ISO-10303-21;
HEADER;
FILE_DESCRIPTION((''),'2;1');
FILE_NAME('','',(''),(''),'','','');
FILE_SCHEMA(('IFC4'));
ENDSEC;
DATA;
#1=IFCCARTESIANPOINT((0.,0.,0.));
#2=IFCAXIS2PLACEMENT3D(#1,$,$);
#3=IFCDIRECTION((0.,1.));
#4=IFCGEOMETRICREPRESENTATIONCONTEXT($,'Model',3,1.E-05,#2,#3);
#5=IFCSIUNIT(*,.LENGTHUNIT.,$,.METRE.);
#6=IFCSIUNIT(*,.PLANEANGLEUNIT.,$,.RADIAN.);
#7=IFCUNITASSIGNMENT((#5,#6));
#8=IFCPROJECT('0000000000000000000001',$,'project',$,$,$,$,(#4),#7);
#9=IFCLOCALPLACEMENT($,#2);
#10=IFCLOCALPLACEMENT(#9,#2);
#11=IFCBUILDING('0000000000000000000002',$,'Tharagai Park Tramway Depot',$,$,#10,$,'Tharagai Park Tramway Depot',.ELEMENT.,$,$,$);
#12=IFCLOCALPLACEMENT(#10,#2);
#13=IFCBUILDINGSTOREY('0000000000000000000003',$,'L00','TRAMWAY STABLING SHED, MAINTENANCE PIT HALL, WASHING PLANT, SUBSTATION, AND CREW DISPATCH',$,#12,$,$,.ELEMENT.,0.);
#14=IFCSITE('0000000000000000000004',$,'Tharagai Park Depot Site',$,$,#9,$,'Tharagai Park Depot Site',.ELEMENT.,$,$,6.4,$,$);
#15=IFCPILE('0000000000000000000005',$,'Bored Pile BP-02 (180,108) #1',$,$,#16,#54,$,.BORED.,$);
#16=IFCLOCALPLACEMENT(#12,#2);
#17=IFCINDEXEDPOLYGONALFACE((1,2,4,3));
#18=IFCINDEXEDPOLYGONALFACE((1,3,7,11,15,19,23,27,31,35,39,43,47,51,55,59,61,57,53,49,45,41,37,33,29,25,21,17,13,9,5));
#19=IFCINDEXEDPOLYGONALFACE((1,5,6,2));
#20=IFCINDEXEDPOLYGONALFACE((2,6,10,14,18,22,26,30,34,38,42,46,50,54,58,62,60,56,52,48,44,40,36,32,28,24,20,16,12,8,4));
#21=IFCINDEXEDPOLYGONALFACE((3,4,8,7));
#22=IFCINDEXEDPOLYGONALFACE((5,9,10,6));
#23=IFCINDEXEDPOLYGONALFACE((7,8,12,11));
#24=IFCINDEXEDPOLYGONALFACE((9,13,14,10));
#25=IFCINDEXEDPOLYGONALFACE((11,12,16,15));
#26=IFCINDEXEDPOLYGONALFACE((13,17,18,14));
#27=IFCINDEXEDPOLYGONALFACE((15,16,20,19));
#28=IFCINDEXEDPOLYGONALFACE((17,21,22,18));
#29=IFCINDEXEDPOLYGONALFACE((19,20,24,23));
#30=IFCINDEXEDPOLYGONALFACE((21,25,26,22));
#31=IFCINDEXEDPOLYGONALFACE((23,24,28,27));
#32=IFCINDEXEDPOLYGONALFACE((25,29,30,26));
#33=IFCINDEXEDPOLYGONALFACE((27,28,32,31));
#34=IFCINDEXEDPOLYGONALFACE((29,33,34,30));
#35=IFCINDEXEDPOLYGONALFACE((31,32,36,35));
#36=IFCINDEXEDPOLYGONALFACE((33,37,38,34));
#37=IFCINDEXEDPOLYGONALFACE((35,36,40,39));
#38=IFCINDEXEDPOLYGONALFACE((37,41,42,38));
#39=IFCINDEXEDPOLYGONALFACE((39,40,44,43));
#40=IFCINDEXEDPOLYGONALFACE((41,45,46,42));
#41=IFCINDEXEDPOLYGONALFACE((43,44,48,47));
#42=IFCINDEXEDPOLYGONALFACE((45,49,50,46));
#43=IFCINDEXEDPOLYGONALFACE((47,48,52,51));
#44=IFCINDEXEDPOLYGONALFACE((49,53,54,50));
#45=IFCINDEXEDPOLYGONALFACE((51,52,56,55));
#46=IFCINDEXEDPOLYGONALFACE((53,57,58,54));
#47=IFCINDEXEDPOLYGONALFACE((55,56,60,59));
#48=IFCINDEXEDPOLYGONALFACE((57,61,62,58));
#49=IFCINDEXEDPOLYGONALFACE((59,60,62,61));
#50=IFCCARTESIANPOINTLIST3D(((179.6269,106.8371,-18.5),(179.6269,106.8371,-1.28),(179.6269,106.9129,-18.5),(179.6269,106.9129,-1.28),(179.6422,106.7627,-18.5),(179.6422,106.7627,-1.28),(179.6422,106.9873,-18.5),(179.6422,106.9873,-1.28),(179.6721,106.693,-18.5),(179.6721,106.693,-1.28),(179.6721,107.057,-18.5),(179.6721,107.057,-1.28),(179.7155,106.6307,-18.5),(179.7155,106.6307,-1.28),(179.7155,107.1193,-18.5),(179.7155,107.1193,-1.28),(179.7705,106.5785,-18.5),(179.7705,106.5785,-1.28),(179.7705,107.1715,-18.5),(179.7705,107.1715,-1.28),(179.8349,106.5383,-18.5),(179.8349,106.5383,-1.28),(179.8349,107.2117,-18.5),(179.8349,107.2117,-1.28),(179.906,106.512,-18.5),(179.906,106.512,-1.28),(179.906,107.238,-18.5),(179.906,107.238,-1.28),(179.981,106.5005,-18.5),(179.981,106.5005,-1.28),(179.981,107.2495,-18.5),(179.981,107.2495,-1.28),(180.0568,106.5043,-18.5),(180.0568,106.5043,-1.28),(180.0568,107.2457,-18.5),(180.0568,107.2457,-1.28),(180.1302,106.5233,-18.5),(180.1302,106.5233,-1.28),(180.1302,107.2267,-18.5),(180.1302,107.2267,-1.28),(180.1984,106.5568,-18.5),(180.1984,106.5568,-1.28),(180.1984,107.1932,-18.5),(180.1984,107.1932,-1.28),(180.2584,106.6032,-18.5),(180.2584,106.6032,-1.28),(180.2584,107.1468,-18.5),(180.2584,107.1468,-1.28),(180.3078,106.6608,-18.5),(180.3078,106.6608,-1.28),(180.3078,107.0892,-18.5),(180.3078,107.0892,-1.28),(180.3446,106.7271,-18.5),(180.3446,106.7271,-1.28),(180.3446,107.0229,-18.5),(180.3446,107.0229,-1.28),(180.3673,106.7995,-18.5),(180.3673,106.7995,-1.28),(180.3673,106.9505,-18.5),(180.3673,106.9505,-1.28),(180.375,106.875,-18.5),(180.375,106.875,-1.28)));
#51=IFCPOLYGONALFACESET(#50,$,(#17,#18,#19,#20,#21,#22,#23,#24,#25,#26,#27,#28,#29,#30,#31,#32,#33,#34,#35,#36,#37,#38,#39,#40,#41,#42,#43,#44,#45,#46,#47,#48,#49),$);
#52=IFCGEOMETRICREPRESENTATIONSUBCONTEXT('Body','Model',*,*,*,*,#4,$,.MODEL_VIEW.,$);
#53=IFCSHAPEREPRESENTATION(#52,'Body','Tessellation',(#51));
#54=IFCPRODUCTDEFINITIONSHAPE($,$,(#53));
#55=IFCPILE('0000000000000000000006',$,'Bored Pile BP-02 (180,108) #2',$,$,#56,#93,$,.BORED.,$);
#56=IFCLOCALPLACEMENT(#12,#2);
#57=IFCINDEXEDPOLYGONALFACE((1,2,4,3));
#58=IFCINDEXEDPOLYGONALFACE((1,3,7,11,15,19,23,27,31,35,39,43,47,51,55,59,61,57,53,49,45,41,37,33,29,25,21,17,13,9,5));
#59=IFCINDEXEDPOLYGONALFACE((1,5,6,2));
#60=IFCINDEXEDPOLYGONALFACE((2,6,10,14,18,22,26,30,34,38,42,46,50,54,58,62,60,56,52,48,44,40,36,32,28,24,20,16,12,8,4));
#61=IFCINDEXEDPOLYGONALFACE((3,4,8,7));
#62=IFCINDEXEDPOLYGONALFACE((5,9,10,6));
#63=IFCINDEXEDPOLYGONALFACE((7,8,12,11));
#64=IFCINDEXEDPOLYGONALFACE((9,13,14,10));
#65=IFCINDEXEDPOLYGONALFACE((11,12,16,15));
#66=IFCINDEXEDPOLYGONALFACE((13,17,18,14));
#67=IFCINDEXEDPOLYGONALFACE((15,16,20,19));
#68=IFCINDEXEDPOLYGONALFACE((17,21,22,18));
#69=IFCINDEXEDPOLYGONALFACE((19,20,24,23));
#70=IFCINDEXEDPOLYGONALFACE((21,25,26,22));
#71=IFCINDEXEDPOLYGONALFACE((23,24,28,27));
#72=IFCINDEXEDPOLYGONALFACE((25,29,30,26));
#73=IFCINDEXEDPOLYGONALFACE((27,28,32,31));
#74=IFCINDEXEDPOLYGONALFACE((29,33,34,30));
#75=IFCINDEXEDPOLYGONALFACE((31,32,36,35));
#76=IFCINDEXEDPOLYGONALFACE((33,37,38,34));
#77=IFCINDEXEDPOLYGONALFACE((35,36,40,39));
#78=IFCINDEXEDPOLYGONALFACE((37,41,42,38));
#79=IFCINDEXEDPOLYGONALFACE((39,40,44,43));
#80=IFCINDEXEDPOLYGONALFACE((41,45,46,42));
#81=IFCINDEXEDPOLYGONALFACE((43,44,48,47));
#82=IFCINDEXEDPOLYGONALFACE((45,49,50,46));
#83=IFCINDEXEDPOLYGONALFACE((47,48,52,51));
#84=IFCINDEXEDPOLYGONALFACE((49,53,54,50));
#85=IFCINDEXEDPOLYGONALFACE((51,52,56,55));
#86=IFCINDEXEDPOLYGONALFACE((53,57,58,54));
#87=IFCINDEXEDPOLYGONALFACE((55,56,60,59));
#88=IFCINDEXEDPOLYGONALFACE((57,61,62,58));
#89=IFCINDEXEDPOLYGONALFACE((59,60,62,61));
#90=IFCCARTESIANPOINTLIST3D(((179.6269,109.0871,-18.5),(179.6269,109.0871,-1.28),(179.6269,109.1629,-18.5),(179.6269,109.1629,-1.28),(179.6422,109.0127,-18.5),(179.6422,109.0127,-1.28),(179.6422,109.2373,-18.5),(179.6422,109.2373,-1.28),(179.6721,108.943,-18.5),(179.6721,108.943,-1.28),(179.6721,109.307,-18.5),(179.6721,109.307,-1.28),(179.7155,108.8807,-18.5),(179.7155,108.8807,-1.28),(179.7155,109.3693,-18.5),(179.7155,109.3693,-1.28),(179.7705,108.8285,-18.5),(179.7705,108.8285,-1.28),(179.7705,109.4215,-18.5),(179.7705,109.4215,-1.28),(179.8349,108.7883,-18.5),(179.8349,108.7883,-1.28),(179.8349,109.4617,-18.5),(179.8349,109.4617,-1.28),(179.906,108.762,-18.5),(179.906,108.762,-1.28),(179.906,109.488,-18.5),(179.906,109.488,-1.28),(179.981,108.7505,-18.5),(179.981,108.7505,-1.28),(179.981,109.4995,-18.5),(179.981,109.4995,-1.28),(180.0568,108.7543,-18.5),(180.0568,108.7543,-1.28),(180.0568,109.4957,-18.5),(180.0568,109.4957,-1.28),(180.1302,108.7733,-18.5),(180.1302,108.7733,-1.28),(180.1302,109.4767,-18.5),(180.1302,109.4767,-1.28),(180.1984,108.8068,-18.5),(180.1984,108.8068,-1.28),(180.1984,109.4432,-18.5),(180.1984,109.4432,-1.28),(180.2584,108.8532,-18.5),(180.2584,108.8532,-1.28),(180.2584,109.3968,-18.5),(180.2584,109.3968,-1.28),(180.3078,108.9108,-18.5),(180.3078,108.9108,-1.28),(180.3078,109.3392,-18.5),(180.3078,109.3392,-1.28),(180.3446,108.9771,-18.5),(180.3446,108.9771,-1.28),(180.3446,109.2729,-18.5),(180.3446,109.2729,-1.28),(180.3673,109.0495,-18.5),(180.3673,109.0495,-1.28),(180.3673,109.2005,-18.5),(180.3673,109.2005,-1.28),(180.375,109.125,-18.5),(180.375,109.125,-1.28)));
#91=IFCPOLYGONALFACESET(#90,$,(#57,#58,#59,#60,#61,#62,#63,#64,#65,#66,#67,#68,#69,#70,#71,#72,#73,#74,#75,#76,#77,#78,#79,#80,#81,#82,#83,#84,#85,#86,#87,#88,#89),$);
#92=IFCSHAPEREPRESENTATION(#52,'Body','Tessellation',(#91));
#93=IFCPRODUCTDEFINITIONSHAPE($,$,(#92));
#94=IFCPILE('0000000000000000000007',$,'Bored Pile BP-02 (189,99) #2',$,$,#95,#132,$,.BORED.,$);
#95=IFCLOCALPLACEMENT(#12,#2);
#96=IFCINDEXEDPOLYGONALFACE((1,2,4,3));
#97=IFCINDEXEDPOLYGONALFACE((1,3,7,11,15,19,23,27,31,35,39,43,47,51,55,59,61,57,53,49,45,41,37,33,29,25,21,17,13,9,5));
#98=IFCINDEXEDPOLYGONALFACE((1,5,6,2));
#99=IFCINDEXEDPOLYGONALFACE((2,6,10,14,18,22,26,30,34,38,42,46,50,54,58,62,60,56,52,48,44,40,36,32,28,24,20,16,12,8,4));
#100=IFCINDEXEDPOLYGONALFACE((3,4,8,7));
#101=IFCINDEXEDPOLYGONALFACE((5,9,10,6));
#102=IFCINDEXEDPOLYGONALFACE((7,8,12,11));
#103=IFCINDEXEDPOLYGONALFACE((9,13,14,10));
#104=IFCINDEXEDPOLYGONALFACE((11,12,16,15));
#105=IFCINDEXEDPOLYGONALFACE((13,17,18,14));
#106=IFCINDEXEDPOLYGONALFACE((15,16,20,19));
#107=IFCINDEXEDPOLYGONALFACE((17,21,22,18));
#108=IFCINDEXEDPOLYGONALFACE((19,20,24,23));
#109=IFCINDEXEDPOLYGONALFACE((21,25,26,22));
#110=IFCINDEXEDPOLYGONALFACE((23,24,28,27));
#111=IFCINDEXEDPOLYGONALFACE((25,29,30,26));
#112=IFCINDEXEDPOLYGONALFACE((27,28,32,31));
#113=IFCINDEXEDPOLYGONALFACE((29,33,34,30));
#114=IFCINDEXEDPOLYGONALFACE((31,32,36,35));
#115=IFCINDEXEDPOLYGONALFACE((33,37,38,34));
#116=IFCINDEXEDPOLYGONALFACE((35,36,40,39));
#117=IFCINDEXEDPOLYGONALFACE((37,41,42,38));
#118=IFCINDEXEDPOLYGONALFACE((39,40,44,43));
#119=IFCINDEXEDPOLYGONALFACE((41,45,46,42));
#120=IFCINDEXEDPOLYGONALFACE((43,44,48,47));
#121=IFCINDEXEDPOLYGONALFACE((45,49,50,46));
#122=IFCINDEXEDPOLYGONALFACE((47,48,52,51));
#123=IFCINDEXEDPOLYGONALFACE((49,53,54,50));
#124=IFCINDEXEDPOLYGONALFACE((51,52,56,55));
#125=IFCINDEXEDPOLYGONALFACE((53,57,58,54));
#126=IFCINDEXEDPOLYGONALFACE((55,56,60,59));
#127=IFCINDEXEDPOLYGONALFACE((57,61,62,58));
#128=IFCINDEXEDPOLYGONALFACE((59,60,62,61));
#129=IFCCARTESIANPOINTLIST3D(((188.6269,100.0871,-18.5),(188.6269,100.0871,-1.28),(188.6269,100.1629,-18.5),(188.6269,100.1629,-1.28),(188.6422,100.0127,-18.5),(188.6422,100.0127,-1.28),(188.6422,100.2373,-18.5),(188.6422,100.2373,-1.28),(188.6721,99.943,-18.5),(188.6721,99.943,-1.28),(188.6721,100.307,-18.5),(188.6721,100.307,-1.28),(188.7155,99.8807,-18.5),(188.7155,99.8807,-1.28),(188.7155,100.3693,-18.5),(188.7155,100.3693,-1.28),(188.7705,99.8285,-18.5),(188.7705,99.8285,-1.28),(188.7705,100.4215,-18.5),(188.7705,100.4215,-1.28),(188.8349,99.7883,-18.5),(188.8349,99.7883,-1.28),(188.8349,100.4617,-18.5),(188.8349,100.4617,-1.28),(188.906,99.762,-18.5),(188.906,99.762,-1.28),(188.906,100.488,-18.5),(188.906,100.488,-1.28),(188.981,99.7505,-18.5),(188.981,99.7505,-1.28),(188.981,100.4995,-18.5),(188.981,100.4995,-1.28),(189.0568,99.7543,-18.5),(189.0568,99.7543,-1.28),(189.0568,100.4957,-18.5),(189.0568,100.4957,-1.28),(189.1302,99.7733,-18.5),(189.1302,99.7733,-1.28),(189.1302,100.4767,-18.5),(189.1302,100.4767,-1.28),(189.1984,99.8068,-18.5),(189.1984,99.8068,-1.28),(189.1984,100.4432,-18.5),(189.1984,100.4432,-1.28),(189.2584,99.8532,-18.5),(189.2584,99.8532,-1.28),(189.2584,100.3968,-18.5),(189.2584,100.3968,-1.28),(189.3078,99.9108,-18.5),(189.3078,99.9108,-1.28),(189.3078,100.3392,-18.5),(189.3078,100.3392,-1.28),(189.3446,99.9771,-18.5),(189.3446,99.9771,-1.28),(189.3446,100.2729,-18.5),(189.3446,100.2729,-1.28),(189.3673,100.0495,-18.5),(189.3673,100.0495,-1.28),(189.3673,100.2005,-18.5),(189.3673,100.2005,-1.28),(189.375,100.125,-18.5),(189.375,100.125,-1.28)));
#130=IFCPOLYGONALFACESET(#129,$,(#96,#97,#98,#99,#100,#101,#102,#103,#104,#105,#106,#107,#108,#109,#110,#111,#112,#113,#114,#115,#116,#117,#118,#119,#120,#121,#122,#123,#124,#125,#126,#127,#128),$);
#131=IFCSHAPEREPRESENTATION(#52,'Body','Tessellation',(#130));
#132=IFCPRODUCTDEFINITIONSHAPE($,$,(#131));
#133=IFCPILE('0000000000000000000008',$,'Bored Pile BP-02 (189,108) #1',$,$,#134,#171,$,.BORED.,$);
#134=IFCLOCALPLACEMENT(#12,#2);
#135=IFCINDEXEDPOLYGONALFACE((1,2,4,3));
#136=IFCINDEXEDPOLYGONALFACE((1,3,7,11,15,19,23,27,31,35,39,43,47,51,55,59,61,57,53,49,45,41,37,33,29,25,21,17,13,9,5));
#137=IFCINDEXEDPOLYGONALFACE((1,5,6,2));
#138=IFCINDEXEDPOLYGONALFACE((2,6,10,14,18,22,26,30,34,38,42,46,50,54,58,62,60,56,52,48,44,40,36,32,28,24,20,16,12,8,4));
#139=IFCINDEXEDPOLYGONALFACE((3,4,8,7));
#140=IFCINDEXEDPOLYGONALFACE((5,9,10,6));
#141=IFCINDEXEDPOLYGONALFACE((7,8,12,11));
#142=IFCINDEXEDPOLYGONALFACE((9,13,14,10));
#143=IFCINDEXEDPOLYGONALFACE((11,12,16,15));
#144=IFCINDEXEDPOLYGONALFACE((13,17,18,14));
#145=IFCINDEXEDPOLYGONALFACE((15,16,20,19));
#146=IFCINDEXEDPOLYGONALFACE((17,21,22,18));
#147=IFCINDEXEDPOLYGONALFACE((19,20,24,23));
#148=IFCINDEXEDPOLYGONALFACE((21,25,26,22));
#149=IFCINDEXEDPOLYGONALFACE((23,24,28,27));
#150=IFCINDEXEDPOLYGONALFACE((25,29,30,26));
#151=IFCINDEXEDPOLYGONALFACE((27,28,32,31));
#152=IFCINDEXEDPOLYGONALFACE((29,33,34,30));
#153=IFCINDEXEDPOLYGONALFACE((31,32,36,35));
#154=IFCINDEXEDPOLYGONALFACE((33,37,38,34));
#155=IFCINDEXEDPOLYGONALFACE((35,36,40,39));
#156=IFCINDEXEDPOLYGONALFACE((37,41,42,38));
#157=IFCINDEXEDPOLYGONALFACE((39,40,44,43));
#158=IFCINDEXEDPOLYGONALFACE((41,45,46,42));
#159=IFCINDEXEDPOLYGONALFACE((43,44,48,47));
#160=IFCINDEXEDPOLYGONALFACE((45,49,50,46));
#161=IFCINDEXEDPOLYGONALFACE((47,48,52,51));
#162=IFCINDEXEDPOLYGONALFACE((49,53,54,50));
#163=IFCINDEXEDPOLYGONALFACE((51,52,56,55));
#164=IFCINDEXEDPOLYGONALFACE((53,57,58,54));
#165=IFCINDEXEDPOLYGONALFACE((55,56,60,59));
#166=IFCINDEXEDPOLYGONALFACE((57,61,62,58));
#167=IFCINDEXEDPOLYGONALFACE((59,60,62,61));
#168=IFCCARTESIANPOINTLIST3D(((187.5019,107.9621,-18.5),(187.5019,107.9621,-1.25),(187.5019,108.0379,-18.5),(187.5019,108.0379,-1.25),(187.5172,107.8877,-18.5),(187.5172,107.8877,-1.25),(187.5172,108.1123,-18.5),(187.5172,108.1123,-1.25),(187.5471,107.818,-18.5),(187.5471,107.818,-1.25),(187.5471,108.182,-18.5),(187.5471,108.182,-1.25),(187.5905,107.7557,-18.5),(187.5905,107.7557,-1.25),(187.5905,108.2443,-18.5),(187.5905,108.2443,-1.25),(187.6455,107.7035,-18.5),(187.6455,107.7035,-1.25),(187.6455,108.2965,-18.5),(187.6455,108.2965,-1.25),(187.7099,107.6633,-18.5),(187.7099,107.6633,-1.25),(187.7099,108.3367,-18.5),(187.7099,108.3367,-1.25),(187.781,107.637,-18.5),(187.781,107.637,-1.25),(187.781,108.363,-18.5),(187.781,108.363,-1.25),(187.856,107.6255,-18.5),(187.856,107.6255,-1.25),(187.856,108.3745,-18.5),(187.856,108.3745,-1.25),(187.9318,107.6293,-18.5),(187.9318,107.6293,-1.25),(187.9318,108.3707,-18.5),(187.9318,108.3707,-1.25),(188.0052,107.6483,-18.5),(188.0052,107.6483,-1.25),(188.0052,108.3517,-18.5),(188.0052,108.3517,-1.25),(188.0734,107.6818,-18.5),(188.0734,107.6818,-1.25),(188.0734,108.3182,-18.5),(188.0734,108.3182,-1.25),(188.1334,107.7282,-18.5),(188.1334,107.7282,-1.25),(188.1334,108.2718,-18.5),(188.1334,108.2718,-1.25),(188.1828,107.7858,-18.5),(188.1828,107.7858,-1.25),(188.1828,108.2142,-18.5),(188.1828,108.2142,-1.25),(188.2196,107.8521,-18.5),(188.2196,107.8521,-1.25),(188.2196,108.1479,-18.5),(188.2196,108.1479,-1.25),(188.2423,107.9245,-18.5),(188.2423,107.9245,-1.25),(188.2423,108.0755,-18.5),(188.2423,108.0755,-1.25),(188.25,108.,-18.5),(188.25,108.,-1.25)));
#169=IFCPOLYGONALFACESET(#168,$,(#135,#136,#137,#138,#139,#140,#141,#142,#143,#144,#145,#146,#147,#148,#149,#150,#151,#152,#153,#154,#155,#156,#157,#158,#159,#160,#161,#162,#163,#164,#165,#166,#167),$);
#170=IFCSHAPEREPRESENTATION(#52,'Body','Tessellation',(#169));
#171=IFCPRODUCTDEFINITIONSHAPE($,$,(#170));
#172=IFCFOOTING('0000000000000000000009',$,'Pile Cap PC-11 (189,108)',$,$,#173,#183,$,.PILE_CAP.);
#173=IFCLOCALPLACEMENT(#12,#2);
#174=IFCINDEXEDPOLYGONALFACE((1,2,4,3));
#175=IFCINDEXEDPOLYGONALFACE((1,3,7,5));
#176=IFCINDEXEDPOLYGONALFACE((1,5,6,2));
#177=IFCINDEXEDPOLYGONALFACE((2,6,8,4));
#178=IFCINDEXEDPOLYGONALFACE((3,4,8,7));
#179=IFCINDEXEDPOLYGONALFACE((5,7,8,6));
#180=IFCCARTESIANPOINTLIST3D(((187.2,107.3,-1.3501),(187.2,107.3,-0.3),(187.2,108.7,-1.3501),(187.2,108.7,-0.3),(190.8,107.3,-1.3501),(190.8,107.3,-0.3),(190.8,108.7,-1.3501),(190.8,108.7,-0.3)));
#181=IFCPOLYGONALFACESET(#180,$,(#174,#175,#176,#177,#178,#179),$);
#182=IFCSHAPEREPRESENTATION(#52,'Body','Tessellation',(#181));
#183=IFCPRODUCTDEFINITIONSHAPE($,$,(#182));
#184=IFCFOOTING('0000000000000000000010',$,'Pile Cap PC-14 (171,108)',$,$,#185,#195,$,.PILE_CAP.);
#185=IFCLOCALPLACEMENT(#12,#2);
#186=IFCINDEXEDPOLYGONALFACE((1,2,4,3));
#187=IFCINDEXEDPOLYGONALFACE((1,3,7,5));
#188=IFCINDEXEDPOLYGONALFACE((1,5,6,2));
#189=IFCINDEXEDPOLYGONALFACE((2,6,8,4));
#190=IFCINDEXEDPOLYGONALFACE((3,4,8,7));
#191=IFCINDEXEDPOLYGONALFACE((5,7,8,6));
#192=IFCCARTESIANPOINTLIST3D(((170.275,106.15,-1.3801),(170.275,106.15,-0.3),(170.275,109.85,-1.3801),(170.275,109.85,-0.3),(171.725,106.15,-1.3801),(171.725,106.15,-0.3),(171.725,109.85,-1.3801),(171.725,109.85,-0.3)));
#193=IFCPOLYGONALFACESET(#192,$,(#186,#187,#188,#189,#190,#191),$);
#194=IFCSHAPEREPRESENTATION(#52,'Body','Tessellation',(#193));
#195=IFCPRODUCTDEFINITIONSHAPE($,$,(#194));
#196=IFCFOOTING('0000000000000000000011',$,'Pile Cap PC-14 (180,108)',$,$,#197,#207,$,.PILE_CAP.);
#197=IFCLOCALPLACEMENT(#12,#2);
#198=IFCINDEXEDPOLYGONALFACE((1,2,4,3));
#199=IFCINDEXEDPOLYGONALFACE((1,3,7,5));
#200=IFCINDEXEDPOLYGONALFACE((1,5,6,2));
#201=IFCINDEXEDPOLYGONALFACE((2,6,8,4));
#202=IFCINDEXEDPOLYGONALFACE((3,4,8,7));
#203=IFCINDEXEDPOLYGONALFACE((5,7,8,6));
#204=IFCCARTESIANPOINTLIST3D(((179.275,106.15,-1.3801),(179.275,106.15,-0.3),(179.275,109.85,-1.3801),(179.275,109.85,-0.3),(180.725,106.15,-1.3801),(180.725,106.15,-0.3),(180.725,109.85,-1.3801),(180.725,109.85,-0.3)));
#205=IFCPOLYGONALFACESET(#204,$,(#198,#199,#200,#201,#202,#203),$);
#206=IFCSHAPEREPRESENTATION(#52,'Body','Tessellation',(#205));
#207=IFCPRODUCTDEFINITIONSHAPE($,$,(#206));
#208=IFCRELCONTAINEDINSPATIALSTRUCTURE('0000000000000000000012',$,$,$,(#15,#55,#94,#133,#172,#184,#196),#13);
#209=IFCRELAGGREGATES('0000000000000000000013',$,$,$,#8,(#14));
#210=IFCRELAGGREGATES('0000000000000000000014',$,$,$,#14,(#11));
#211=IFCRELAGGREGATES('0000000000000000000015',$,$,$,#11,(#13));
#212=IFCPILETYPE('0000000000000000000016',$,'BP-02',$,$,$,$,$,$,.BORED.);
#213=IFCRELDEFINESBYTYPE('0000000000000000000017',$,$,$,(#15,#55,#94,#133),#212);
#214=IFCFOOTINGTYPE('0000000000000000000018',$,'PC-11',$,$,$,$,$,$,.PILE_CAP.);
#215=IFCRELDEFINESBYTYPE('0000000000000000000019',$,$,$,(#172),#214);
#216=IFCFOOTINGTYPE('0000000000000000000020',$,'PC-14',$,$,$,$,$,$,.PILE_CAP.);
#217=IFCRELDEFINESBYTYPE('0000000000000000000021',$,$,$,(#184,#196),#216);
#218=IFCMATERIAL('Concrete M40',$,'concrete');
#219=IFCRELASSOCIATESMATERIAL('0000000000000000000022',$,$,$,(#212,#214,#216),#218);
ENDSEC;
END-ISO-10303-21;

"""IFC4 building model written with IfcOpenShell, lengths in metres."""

from ifc_helpers import new_model, si_unit, direction, frame, origin, origin_2d, place, context, subcontext, project, spatial, rectangle, circle, extrude, material, material_profile, profile_set, type_object, element, save


model = new_model("IFC4")

# Units and contexts
model_context = context("Model", 3, precision=1e-05, world=origin(), true_north=direction((0.0, 1.0)))
body_context = subcontext(model_context, "Body", "Model", "MODEL_VIEW")
ifc_project = project(units=[si_unit("LENGTHUNIT", "METRE"), si_unit("PLANEANGLEUNIT", "RADIAN")], contexts=[model_context])

# Site, building, storey
site_placement = place(None, origin())
site = spatial("IfcSite", under=ifc_project, at=site_placement, Name="Tharagai Park Depot Site", LongName="Tharagai Park Depot Site", CompositionType="ELEMENT", RefElevation=6.4)
building_placement = place(site_placement, origin())
building = spatial("IfcBuilding", under=site, at=building_placement, Name="Tharagai Park Tramway Depot", LongName="Tharagai Park Tramway Depot", CompositionType="ELEMENT")
storey_placement = place(building_placement, origin())
storey = spatial("IfcBuildingStorey", under=building, at=storey_placement, Name="L00", Description="TRAMWAY STABLING SHED, MAINTENANCE PIT HALL, WASHING PLANT, SUBSTATION, AND CREW DISPATCH", CompositionType="ELEMENT", Elevation=0.0)

# Piles
ifc_material_1 = material(Name="Concrete M40", Category="concrete")
ifc_material_profile_1 = material_profile(ifc_material_1, circle(Radius=0.375, at=origin_2d()), Name="PILE D750")
ifc_profile_set_1 = profile_set([ifc_material_profile_1], Name="Concrete M40")
pile_type_1 = type_object("IfcPileType", Name="BP-02", PredefinedType="BORED", material=ifc_profile_set_1)
for number, where, z_axis, x_axis, name in (
    (1, (180.0, 106.875, -1.28), (0.0, 0.0, -1.0), (1.0, 0.0, 0.0), "Bored Pile BP-02 (180,108) #1"),
    (2, (180.0, 109.125, -1.28), (0.0, 0.0, -1.0), (1.0, 0.0, 0.0), "Bored Pile BP-02 (180,108) #2"),
    (3, (189.0, 100.125, -1.28), (0.0, 0.0, -1.0), (1.0, 0.0, 0.0), "Bored Pile BP-02 (189,99) #2"),
):
    element("IfcPile", number, at=place(storey_placement, frame(where, z_axis=z_axis, x_axis=x_axis)), inside=storey, type_object=pile_type_1, Name=name, PredefinedType="BORED", context=body_context, shape_type="SweptSolid", body=[
        extrude(circle(Radius=0.375, at=origin_2d()), origin(), (0.0, 0.0, 1.0), 17.22),
    ])
pile_1_placement = place(storey_placement, frame((187.875, 108.0, -1.25), z_axis=(0.0, 0.0, -1.0), x_axis=(1.0, 0.0, 0.0)))
element("IfcPile", 4, at=pile_1_placement, inside=storey, type_object=pile_type_1, Name="Bored Pile BP-02 (189,108) #1", PredefinedType="BORED", context=body_context, shape_type="SweptSolid", body=[
    extrude(circle(Radius=0.375, at=origin_2d()), origin(), (0.0, 0.0, 1.0), 17.25),
])

# Footings
footing_type_1 = type_object("IfcFootingType", Name="PC-11", PredefinedType="PILE_CAP", material=ifc_material_1)
footing_1_placement = place(storey_placement, frame((189.0, 108.0, -1.3501), z_axis=(0.0, 0.0, 1.0), x_axis=(1.0, 0.0, 0.0)))
element("IfcFooting", 5, at=footing_1_placement, inside=storey, type_object=footing_type_1, Name="Pile Cap PC-11 (189,108)", PredefinedType="PILE_CAP", context=body_context, shape_type="SweptSolid", body=[
    extrude(rectangle(XDim=3.6001, YDim=1.3999, at=origin_2d()), origin(), (0.0, 0.0, 1.0), 1.05),
])
footing_type_2 = type_object("IfcFootingType", Name="PC-14", PredefinedType="PILE_CAP", material=ifc_material_1)
for number, where, z_axis, x_axis, name in (
    (6, (171.0, 108.0, -1.3801), (0.0, 0.0, 1.0), (1.0, 0.0, 0.0), "Pile Cap PC-14 (171,108)"),
    (7, (180.0, 108.0, -1.3801), (0.0, 0.0, 1.0), (1.0, 0.0, 0.0), "Pile Cap PC-14 (180,108)"),
):
    element("IfcFooting", number, at=place(storey_placement, frame(where, z_axis=z_axis, x_axis=x_axis)), inside=storey, type_object=footing_type_2, Name=name, PredefinedType="PILE_CAP", context=body_context, shape_type="SweptSolid", body=[
        extrude(rectangle(XDim=1.45, YDim=3.7, at=origin_2d()), origin(), (0.0, 0.0, 1.0), 1.0801),
    ])

save(model, "model.ifc")
